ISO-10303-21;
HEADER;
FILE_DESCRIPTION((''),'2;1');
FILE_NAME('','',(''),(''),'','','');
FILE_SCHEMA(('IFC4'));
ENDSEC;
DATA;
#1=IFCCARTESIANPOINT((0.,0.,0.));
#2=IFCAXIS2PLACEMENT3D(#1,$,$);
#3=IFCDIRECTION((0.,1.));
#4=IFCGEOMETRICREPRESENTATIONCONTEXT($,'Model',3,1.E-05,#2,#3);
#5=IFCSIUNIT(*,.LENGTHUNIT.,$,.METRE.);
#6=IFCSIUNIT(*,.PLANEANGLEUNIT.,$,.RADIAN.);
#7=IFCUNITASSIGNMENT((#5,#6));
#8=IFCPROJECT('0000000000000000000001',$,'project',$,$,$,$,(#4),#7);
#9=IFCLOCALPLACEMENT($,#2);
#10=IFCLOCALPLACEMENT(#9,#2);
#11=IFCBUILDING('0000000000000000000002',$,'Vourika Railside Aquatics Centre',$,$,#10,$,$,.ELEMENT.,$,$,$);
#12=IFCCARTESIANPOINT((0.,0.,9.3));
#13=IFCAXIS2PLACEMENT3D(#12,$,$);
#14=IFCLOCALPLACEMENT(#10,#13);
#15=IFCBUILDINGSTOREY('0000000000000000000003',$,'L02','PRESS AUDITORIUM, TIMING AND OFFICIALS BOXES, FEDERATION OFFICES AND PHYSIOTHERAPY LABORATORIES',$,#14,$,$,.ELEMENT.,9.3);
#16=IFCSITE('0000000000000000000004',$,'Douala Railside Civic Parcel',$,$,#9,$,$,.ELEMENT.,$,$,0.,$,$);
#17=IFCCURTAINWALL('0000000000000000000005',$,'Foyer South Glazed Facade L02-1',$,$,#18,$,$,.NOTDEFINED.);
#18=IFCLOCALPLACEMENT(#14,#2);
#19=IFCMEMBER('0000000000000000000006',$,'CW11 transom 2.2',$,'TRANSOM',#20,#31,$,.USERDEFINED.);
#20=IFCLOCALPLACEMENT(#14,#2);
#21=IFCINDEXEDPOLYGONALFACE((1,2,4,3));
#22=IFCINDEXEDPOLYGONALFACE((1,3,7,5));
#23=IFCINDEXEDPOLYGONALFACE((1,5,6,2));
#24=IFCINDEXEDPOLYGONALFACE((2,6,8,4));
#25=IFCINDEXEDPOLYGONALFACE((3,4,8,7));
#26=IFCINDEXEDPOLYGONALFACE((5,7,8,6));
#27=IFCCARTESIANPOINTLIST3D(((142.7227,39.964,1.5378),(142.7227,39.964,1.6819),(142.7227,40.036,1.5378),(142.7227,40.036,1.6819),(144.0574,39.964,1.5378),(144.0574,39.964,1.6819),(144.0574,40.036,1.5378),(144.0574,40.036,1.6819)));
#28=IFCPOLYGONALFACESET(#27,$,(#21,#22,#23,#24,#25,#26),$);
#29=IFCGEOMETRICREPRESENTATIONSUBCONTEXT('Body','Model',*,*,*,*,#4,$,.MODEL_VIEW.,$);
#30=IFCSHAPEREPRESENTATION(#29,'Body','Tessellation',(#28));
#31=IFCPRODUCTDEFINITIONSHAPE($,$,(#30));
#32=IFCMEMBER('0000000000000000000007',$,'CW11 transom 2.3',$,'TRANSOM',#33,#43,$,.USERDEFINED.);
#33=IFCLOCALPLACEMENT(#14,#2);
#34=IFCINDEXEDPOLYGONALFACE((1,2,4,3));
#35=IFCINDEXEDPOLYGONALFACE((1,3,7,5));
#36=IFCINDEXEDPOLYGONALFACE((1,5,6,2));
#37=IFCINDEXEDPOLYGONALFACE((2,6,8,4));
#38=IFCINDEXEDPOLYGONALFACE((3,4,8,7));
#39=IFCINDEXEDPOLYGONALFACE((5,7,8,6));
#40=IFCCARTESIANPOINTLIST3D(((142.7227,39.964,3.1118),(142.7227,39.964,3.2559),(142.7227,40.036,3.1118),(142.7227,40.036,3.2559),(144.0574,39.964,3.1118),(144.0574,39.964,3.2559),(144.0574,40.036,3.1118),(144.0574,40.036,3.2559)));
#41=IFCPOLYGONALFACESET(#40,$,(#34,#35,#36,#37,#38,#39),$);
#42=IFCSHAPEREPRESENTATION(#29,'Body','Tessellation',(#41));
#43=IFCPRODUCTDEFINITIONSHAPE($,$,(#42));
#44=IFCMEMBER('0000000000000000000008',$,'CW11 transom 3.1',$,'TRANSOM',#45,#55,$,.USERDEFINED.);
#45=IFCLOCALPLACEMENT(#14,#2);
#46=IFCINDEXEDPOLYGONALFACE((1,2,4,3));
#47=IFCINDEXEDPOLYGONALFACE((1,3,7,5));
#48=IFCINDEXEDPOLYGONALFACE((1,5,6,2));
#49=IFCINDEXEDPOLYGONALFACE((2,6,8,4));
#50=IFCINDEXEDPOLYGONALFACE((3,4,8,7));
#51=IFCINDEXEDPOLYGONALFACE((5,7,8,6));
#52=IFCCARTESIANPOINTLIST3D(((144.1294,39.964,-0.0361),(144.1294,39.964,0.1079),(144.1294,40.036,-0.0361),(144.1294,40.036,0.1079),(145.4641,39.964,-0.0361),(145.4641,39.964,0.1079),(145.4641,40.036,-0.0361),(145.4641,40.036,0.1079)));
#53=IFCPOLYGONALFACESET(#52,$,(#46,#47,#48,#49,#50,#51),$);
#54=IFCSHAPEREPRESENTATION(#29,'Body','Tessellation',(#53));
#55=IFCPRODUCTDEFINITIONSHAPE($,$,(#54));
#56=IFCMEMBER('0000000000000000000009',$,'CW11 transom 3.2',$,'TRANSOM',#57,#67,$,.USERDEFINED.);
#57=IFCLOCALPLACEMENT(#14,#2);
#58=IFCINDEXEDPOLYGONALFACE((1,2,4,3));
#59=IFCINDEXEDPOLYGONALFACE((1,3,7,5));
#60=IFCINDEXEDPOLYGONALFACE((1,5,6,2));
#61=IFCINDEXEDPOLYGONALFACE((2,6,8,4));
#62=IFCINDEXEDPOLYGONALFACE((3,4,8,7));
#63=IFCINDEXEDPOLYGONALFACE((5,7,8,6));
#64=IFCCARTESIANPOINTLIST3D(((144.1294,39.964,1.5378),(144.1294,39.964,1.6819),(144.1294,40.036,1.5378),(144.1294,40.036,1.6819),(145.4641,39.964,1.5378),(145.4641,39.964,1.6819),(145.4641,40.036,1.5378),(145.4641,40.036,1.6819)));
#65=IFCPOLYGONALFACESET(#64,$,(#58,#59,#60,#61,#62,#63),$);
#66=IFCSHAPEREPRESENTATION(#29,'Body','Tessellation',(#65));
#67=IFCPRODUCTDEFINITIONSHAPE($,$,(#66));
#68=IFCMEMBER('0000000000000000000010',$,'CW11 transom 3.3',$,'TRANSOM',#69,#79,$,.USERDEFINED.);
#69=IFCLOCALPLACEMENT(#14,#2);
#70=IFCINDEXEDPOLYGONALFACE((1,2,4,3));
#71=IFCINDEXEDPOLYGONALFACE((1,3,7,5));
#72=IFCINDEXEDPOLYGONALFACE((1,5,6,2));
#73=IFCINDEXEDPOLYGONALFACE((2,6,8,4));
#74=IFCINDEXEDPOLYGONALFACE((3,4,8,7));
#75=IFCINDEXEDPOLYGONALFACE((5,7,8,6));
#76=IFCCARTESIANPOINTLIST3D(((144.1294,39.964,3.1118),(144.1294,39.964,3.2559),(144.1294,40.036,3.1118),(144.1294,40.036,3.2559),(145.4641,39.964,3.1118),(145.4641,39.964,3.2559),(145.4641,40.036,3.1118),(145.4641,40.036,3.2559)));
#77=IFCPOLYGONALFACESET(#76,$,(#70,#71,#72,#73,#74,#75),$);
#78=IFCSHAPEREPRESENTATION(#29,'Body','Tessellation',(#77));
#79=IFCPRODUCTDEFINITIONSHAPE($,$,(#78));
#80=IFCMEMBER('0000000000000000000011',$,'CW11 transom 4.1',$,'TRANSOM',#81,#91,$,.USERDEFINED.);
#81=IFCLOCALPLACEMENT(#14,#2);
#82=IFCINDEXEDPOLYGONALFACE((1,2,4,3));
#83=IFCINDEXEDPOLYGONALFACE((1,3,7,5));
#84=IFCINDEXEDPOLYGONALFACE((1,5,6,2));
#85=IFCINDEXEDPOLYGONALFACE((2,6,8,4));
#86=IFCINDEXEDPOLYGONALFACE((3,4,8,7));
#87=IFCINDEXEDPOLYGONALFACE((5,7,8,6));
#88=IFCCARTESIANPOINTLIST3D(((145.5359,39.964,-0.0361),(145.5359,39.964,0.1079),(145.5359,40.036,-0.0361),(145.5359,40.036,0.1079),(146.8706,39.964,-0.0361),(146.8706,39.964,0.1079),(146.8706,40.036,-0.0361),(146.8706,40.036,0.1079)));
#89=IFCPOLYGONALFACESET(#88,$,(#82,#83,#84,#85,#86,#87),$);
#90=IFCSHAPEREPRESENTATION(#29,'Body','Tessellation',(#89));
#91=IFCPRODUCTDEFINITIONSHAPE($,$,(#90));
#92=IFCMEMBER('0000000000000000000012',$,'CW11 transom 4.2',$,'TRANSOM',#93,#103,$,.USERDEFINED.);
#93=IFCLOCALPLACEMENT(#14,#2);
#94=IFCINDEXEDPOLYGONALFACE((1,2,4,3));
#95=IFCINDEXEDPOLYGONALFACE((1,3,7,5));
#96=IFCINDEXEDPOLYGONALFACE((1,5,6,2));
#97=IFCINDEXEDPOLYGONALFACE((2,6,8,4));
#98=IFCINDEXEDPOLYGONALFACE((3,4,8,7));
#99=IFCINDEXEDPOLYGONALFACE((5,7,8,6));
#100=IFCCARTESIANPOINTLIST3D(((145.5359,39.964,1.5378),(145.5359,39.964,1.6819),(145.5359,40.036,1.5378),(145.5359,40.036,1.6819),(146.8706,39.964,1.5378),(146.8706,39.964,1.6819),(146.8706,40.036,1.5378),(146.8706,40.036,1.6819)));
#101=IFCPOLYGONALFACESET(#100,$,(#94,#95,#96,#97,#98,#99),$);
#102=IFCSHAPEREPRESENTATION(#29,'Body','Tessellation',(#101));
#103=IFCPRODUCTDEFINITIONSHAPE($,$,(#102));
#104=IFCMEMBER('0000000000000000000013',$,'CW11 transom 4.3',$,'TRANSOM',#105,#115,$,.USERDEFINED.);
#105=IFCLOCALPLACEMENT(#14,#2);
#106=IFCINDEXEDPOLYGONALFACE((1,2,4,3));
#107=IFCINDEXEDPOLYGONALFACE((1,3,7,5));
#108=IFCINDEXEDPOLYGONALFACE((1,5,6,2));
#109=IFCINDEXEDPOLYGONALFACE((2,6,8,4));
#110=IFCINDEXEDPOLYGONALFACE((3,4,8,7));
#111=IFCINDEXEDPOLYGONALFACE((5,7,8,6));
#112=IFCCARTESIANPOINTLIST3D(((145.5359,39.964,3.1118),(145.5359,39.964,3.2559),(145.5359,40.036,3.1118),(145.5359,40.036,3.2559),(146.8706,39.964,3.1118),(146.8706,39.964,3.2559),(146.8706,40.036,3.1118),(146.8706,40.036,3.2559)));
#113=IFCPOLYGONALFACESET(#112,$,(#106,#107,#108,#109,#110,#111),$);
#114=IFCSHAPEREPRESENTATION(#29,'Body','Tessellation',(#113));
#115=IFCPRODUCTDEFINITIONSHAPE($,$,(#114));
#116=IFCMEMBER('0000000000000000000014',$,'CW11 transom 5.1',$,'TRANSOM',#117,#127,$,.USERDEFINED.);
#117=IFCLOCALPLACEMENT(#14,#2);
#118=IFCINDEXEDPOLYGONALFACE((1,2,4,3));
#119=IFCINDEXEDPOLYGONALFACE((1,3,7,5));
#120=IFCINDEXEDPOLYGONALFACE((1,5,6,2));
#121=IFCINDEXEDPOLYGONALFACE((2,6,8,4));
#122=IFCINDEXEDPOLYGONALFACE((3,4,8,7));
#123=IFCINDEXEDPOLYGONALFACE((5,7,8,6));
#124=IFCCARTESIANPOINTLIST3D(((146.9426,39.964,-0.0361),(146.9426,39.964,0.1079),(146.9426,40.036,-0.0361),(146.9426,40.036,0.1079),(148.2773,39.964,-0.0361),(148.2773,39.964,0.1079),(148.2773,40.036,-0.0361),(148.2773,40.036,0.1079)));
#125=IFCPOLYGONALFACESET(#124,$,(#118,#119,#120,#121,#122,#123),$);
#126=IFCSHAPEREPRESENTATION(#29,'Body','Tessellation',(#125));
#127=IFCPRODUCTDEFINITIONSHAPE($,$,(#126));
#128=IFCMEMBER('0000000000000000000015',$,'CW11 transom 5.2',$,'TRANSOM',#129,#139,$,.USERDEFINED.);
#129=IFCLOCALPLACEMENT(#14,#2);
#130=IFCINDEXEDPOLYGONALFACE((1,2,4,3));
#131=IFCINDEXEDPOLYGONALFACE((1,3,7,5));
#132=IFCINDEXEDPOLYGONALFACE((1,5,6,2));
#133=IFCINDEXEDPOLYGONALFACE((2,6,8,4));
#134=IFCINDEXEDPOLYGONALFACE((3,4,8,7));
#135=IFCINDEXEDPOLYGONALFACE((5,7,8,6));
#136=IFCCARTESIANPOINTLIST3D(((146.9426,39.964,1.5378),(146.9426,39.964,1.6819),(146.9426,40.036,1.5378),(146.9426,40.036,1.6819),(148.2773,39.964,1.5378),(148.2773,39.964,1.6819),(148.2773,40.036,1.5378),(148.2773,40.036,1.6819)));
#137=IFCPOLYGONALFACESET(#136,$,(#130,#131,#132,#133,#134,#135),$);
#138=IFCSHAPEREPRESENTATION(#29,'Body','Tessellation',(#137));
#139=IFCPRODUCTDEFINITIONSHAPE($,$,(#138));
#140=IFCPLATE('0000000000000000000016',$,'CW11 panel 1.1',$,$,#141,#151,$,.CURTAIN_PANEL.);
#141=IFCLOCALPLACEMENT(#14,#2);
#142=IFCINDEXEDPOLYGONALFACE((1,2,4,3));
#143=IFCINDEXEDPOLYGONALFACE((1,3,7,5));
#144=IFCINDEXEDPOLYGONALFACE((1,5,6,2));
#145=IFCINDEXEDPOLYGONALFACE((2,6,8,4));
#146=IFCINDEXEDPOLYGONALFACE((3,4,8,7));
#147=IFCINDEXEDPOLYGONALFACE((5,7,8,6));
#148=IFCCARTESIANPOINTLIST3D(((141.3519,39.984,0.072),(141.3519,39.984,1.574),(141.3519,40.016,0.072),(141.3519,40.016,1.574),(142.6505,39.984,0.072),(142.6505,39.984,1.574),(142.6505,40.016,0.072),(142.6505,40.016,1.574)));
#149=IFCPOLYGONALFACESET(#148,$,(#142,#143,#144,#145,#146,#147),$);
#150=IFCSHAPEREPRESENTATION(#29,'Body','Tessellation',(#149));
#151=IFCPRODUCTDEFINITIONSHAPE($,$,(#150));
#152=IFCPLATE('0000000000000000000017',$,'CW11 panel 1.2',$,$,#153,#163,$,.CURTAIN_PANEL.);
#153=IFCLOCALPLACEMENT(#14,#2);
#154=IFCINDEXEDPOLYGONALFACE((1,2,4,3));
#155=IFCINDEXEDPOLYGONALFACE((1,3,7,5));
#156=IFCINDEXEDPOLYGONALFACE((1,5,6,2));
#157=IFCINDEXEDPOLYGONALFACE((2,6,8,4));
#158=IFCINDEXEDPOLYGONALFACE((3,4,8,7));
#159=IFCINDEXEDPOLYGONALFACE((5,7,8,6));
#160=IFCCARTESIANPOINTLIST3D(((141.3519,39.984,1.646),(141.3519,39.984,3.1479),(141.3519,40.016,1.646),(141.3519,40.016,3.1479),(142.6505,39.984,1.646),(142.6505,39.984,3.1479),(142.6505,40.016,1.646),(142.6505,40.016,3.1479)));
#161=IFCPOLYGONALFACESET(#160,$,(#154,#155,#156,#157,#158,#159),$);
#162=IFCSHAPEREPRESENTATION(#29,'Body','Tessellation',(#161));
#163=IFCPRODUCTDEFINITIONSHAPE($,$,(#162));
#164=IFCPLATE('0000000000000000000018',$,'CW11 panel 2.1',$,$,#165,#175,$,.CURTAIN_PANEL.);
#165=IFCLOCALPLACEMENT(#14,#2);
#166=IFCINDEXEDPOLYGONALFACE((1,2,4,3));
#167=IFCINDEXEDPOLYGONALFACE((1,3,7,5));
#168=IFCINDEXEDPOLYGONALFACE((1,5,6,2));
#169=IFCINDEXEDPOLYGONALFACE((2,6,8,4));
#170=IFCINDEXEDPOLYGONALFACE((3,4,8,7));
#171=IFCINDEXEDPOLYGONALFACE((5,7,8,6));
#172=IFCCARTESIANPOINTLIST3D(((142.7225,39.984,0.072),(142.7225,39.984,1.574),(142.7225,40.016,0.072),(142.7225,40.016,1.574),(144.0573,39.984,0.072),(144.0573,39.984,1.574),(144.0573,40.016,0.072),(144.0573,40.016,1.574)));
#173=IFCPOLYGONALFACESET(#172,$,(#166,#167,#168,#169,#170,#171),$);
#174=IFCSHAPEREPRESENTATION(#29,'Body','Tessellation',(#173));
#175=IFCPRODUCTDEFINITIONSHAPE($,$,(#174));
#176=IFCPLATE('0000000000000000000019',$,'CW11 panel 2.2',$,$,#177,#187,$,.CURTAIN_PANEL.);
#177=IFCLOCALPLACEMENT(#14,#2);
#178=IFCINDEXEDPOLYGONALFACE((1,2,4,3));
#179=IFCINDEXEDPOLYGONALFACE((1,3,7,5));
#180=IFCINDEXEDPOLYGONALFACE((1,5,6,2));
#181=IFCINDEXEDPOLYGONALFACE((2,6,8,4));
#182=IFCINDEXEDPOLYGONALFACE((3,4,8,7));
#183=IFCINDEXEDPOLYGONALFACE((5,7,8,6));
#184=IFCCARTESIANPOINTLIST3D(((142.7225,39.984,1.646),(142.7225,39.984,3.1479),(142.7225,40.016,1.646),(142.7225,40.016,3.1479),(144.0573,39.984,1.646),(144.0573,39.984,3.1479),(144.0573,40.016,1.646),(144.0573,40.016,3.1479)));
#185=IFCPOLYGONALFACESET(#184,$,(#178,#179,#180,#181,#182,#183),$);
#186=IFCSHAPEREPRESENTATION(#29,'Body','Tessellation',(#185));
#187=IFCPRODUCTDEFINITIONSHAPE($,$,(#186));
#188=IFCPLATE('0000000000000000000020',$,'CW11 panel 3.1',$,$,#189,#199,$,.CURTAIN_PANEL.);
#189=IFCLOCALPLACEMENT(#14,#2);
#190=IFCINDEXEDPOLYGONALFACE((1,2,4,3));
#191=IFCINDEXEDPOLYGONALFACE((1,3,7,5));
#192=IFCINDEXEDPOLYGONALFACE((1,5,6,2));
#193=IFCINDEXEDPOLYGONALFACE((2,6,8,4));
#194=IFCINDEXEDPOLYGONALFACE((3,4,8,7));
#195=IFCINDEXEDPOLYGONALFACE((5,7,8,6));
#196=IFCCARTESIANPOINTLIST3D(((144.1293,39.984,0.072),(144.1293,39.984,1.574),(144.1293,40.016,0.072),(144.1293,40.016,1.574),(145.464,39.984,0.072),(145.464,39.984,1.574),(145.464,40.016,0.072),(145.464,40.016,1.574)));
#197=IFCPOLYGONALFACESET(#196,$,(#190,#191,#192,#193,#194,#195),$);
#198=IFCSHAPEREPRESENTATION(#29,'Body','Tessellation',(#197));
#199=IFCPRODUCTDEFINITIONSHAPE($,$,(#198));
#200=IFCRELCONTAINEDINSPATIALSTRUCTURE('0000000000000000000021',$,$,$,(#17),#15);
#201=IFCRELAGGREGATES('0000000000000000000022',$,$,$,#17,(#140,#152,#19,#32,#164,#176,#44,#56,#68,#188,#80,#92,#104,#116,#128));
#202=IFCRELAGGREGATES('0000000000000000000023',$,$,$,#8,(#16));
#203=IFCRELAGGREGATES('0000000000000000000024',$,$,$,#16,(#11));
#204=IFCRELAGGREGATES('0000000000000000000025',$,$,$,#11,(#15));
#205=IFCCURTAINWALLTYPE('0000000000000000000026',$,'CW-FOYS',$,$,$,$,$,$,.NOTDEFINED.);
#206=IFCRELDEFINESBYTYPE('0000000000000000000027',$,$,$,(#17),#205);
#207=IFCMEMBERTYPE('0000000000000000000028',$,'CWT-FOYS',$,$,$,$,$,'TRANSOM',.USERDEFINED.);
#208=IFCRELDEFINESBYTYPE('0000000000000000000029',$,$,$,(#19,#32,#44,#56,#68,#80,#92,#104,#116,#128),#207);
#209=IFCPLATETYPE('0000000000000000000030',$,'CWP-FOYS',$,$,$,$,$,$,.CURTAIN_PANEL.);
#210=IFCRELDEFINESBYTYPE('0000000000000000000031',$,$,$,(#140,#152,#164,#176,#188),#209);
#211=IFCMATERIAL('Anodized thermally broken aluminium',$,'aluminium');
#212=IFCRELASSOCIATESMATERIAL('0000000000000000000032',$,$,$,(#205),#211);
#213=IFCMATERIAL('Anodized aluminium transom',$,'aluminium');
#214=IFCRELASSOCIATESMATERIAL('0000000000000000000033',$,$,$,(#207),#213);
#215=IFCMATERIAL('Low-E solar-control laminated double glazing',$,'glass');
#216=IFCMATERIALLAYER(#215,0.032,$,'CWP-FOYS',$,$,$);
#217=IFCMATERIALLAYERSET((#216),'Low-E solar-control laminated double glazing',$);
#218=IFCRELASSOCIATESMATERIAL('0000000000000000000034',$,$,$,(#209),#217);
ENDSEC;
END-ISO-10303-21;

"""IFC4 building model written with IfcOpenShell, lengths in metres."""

from ifc_helpers import new_model, si_unit, direction, frame, origin, origin_2d, place, context, subcontext, project, spatial, rectangle, extrude, material, layer, layer_set, material_profile, profile_set, type_object, element, aggregate, save


model = new_model("IFC4")

# Units and contexts
model_context = context("Model", 3, precision=1e-05, world=origin(), true_north=direction((0.0, 1.0)))
body_context = subcontext(model_context, "Body", "Model", "MODEL_VIEW")
ifc_project = project(units=[si_unit("LENGTHUNIT", "METRE"), si_unit("PLANEANGLEUNIT", "RADIAN")], contexts=[model_context])

# Site, building, storey
site_placement = place(None, origin())
site = spatial("IfcSite", under=ifc_project, at=site_placement, Name="Douala Railside Civic Parcel", CompositionType="ELEMENT", RefElevation=0.0)
building_placement = place(site_placement, origin())
building = spatial("IfcBuilding", under=site, at=building_placement, Name="Vourika Railside Aquatics Centre", CompositionType="ELEMENT")
storey_placement = place(building_placement, frame((0.0, 0.0, 9.3)))
storey = spatial("IfcBuildingStorey", under=building, at=storey_placement, Name="L02", Description="PRESS AUDITORIUM, TIMING AND OFFICIALS BOXES, FEDERATION OFFICES AND PHYSIOTHERAPY LABORATORIES", CompositionType="ELEMENT", Elevation=9.3)

# Curtain wall, members, plates
ifc_material_1 = material(Name="Anodized thermally broken aluminium", Category="aluminium")
curtain_wall_type = type_object("IfcCurtainWallType", Name="CW-FOYS", PredefinedType="NOTDEFINED", material=ifc_material_1)
curtain_wall_placement = place(storey_placement, origin())
curtain_wall = element("IfcCurtainWall", 1, at=curtain_wall_placement, inside=storey, type_object=curtain_wall_type, Name="Foyer South Glazed Facade L02-1", PredefinedType="NOTDEFINED")
ifc_material_2 = material(Name="Anodized aluminium transom", Category="aluminium")
ifc_material_profile_1 = material_profile(ifc_material_2, rectangle(XDim=0.072, YDim=0.144, at=origin_2d()), Name="ALU-T 72x144")
ifc_profile_set_1 = profile_set([ifc_material_profile_1], Name="Anodized aluminium transom")
member_type_1 = type_object("IfcMemberType", Name="CWT-FOYS", ElementType="TRANSOM", PredefinedType="USERDEFINED", material=ifc_profile_set_1)
member_1_placement = place(storey_placement, frame((142.7227, 40.0, 1.6099), z_axis=(1.0, 0.0, 0.0), x_axis=(0.0, 1.0, 0.0)))
member_1 = element("IfcMember", 2, at=member_1_placement, type_object=member_type_1, Name="CW11 transom 2.2", ObjectType="TRANSOM", PredefinedType="USERDEFINED", context=body_context, shape_type="SweptSolid", body=[
    extrude(rectangle(XDim=0.072, YDim=0.144, at=origin_2d()), origin(), (0.0, 0.0, 1.0), 1.3347),
])
member_2_placement = place(storey_placement, frame((142.7227, 40.0, 3.1838), z_axis=(1.0, 0.0, 0.0), x_axis=(0.0, 1.0, 0.0)))
member_2 = element("IfcMember", 3, at=member_2_placement, type_object=member_type_1, Name="CW11 transom 2.3", ObjectType="TRANSOM", PredefinedType="USERDEFINED", context=body_context, shape_type="SweptSolid", body=[
    extrude(rectangle(XDim=0.072, YDim=0.144, at=origin_2d()), origin(), (0.0, 0.0, 1.0), 1.3347),
])
member_3_placement = place(storey_placement, frame((144.1294, 40.0, 0.0359), z_axis=(1.0, 0.0, 0.0), x_axis=(0.0, 1.0, 0.0)))
member_3 = element("IfcMember", 4, at=member_3_placement, type_object=member_type_1, Name="CW11 transom 3.1", ObjectType="TRANSOM", PredefinedType="USERDEFINED", context=body_context, shape_type="SweptSolid", body=[
    extrude(rectangle(XDim=0.072, YDim=0.144, at=origin_2d()), origin(), (0.0, 0.0, 1.0), 1.3347),
])
member_4_placement = place(storey_placement, frame((144.1294, 40.0, 1.6099), z_axis=(1.0, 0.0, 0.0), x_axis=(0.0, 1.0, 0.0)))
member_4 = element("IfcMember", 5, at=member_4_placement, type_object=member_type_1, Name="CW11 transom 3.2", ObjectType="TRANSOM", PredefinedType="USERDEFINED", context=body_context, shape_type="SweptSolid", body=[
    extrude(rectangle(XDim=0.072, YDim=0.144, at=origin_2d()), origin(), (0.0, 0.0, 1.0), 1.3347),
])
member_5_placement = place(storey_placement, frame((144.1294, 40.0, 3.1838), z_axis=(1.0, 0.0, 0.0), x_axis=(0.0, 1.0, 0.0)))
member_5 = element("IfcMember", 6, at=member_5_placement, type_object=member_type_1, Name="CW11 transom 3.3", ObjectType="TRANSOM", PredefinedType="USERDEFINED", context=body_context, shape_type="SweptSolid", body=[
    extrude(rectangle(XDim=0.072, YDim=0.144, at=origin_2d()), origin(), (0.0, 0.0, 1.0), 1.3347),
])
member_6_placement = place(storey_placement, frame((145.5359, 40.0, 0.0359), z_axis=(1.0, 0.0, 0.0), x_axis=(0.0, 1.0, 0.0)))
member_6 = element("IfcMember", 7, at=member_6_placement, type_object=member_type_1, Name="CW11 transom 4.1", ObjectType="TRANSOM", PredefinedType="USERDEFINED", context=body_context, shape_type="SweptSolid", body=[
    extrude(rectangle(XDim=0.072, YDim=0.144, at=origin_2d()), origin(), (0.0, 0.0, 1.0), 1.3347),
])
member_7_placement = place(storey_placement, frame((145.5359, 40.0, 1.6099), z_axis=(1.0, 0.0, 0.0), x_axis=(0.0, 1.0, 0.0)))
member_7 = element("IfcMember", 8, at=member_7_placement, type_object=member_type_1, Name="CW11 transom 4.2", ObjectType="TRANSOM", PredefinedType="USERDEFINED", context=body_context, shape_type="SweptSolid", body=[
    extrude(rectangle(XDim=0.072, YDim=0.144, at=origin_2d()), origin(), (0.0, 0.0, 1.0), 1.3347),
])
member_8_placement = place(storey_placement, frame((145.5359, 40.0, 3.1838), z_axis=(1.0, 0.0, 0.0), x_axis=(0.0, 1.0, 0.0)))
member_8 = element("IfcMember", 9, at=member_8_placement, type_object=member_type_1, Name="CW11 transom 4.3", ObjectType="TRANSOM", PredefinedType="USERDEFINED", context=body_context, shape_type="SweptSolid", body=[
    extrude(rectangle(XDim=0.072, YDim=0.144, at=origin_2d()), origin(), (0.0, 0.0, 1.0), 1.3347),
])
member_9_placement = place(storey_placement, frame((146.9426, 40.0, 0.0359), z_axis=(1.0, 0.0, 0.0), x_axis=(0.0, 1.0, 0.0)))
member_9 = element("IfcMember", 10, at=member_9_placement, type_object=member_type_1, Name="CW11 transom 5.1", ObjectType="TRANSOM", PredefinedType="USERDEFINED", context=body_context, shape_type="SweptSolid", body=[
    extrude(rectangle(XDim=0.072, YDim=0.144, at=origin_2d()), origin(), (0.0, 0.0, 1.0), 1.3347),
])
member_10_placement = place(storey_placement, frame((146.9426, 40.0, 1.6099), z_axis=(1.0, 0.0, 0.0), x_axis=(0.0, 1.0, 0.0)))
member_10 = element("IfcMember", 11, at=member_10_placement, type_object=member_type_1, Name="CW11 transom 5.2", ObjectType="TRANSOM", PredefinedType="USERDEFINED", context=body_context, shape_type="SweptSolid", body=[
    extrude(rectangle(XDim=0.072, YDim=0.144, at=origin_2d()), origin(), (0.0, 0.0, 1.0), 1.3347),
])
ifc_material_3 = material(Name="Low-E solar-control laminated double glazing", Category="glass")
ifc_layer_1 = layer(ifc_material_3, 0.032, Name="CWP-FOYS")
ifc_layer_set_1 = layer_set([ifc_layer_1], Name="Low-E solar-control laminated double glazing")
plate_type = type_object("IfcPlateType", Name="CWP-FOYS", PredefinedType="CURTAIN_PANEL", material=ifc_layer_set_1)
plate_1_placement = place(storey_placement, frame((142.0012, 40.0, 0.072), z_axis=(0.0, 0.0, 1.0), x_axis=(1.0, 0.0, 0.0)))
plate_1 = element("IfcPlate", 12, at=plate_1_placement, type_object=plate_type, Name="CW11 panel 1.1", PredefinedType="CURTAIN_PANEL", context=body_context, shape_type="SweptSolid", body=[
    extrude(rectangle(XDim=1.2986, YDim=0.032, at=origin_2d()), origin(), (0.0, 0.0, 1.0), 1.502),
])
plate_2_placement = place(storey_placement, frame((142.0012, 40.0, 1.646), z_axis=(0.0, 0.0, 1.0), x_axis=(1.0, 0.0, 0.0)))
plate_2 = element("IfcPlate", 13, at=plate_2_placement, type_object=plate_type, Name="CW11 panel 1.2", PredefinedType="CURTAIN_PANEL", context=body_context, shape_type="SweptSolid", body=[
    extrude(rectangle(XDim=1.2986, YDim=0.032, at=origin_2d()), origin(), (0.0, 0.0, 1.0), 1.502),
])
plate_3_placement = place(storey_placement, frame((143.3899, 40.0, 0.072), z_axis=(0.0, 0.0, 1.0), x_axis=(1.0, 0.0, 0.0)))
plate_3 = element("IfcPlate", 14, at=plate_3_placement, type_object=plate_type, Name="CW11 panel 2.1", PredefinedType="CURTAIN_PANEL", context=body_context, shape_type="SweptSolid", body=[
    extrude(rectangle(XDim=1.3347, YDim=0.032, at=origin_2d()), origin(), (0.0, 0.0, 1.0), 1.502),
])
plate_4_placement = place(storey_placement, frame((143.3899, 40.0, 1.646), z_axis=(0.0, 0.0, 1.0), x_axis=(1.0, 0.0, 0.0)))
plate_4 = element("IfcPlate", 15, at=plate_4_placement, type_object=plate_type, Name="CW11 panel 2.2", PredefinedType="CURTAIN_PANEL", context=body_context, shape_type="SweptSolid", body=[
    extrude(rectangle(XDim=1.3347, YDim=0.032, at=origin_2d()), origin(), (0.0, 0.0, 1.0), 1.502),
])
plate_5_placement = place(storey_placement, frame((144.7966, 40.0, 0.072), z_axis=(0.0, 0.0, 1.0), x_axis=(1.0, 0.0, 0.0)))
plate_5 = element("IfcPlate", 16, at=plate_5_placement, type_object=plate_type, Name="CW11 panel 3.1", PredefinedType="CURTAIN_PANEL", context=body_context, shape_type="SweptSolid", body=[
    extrude(rectangle(XDim=1.3347, YDim=0.032, at=origin_2d()), origin(), (0.0, 0.0, 1.0), 1.502),
])
aggregate(curtain_wall, [plate_1, plate_2, member_1, member_2, plate_3, plate_4, member_3, member_4, member_5, plate_5, member_6, member_7, member_8, member_9, member_10])

save(model, "model.ifc")
